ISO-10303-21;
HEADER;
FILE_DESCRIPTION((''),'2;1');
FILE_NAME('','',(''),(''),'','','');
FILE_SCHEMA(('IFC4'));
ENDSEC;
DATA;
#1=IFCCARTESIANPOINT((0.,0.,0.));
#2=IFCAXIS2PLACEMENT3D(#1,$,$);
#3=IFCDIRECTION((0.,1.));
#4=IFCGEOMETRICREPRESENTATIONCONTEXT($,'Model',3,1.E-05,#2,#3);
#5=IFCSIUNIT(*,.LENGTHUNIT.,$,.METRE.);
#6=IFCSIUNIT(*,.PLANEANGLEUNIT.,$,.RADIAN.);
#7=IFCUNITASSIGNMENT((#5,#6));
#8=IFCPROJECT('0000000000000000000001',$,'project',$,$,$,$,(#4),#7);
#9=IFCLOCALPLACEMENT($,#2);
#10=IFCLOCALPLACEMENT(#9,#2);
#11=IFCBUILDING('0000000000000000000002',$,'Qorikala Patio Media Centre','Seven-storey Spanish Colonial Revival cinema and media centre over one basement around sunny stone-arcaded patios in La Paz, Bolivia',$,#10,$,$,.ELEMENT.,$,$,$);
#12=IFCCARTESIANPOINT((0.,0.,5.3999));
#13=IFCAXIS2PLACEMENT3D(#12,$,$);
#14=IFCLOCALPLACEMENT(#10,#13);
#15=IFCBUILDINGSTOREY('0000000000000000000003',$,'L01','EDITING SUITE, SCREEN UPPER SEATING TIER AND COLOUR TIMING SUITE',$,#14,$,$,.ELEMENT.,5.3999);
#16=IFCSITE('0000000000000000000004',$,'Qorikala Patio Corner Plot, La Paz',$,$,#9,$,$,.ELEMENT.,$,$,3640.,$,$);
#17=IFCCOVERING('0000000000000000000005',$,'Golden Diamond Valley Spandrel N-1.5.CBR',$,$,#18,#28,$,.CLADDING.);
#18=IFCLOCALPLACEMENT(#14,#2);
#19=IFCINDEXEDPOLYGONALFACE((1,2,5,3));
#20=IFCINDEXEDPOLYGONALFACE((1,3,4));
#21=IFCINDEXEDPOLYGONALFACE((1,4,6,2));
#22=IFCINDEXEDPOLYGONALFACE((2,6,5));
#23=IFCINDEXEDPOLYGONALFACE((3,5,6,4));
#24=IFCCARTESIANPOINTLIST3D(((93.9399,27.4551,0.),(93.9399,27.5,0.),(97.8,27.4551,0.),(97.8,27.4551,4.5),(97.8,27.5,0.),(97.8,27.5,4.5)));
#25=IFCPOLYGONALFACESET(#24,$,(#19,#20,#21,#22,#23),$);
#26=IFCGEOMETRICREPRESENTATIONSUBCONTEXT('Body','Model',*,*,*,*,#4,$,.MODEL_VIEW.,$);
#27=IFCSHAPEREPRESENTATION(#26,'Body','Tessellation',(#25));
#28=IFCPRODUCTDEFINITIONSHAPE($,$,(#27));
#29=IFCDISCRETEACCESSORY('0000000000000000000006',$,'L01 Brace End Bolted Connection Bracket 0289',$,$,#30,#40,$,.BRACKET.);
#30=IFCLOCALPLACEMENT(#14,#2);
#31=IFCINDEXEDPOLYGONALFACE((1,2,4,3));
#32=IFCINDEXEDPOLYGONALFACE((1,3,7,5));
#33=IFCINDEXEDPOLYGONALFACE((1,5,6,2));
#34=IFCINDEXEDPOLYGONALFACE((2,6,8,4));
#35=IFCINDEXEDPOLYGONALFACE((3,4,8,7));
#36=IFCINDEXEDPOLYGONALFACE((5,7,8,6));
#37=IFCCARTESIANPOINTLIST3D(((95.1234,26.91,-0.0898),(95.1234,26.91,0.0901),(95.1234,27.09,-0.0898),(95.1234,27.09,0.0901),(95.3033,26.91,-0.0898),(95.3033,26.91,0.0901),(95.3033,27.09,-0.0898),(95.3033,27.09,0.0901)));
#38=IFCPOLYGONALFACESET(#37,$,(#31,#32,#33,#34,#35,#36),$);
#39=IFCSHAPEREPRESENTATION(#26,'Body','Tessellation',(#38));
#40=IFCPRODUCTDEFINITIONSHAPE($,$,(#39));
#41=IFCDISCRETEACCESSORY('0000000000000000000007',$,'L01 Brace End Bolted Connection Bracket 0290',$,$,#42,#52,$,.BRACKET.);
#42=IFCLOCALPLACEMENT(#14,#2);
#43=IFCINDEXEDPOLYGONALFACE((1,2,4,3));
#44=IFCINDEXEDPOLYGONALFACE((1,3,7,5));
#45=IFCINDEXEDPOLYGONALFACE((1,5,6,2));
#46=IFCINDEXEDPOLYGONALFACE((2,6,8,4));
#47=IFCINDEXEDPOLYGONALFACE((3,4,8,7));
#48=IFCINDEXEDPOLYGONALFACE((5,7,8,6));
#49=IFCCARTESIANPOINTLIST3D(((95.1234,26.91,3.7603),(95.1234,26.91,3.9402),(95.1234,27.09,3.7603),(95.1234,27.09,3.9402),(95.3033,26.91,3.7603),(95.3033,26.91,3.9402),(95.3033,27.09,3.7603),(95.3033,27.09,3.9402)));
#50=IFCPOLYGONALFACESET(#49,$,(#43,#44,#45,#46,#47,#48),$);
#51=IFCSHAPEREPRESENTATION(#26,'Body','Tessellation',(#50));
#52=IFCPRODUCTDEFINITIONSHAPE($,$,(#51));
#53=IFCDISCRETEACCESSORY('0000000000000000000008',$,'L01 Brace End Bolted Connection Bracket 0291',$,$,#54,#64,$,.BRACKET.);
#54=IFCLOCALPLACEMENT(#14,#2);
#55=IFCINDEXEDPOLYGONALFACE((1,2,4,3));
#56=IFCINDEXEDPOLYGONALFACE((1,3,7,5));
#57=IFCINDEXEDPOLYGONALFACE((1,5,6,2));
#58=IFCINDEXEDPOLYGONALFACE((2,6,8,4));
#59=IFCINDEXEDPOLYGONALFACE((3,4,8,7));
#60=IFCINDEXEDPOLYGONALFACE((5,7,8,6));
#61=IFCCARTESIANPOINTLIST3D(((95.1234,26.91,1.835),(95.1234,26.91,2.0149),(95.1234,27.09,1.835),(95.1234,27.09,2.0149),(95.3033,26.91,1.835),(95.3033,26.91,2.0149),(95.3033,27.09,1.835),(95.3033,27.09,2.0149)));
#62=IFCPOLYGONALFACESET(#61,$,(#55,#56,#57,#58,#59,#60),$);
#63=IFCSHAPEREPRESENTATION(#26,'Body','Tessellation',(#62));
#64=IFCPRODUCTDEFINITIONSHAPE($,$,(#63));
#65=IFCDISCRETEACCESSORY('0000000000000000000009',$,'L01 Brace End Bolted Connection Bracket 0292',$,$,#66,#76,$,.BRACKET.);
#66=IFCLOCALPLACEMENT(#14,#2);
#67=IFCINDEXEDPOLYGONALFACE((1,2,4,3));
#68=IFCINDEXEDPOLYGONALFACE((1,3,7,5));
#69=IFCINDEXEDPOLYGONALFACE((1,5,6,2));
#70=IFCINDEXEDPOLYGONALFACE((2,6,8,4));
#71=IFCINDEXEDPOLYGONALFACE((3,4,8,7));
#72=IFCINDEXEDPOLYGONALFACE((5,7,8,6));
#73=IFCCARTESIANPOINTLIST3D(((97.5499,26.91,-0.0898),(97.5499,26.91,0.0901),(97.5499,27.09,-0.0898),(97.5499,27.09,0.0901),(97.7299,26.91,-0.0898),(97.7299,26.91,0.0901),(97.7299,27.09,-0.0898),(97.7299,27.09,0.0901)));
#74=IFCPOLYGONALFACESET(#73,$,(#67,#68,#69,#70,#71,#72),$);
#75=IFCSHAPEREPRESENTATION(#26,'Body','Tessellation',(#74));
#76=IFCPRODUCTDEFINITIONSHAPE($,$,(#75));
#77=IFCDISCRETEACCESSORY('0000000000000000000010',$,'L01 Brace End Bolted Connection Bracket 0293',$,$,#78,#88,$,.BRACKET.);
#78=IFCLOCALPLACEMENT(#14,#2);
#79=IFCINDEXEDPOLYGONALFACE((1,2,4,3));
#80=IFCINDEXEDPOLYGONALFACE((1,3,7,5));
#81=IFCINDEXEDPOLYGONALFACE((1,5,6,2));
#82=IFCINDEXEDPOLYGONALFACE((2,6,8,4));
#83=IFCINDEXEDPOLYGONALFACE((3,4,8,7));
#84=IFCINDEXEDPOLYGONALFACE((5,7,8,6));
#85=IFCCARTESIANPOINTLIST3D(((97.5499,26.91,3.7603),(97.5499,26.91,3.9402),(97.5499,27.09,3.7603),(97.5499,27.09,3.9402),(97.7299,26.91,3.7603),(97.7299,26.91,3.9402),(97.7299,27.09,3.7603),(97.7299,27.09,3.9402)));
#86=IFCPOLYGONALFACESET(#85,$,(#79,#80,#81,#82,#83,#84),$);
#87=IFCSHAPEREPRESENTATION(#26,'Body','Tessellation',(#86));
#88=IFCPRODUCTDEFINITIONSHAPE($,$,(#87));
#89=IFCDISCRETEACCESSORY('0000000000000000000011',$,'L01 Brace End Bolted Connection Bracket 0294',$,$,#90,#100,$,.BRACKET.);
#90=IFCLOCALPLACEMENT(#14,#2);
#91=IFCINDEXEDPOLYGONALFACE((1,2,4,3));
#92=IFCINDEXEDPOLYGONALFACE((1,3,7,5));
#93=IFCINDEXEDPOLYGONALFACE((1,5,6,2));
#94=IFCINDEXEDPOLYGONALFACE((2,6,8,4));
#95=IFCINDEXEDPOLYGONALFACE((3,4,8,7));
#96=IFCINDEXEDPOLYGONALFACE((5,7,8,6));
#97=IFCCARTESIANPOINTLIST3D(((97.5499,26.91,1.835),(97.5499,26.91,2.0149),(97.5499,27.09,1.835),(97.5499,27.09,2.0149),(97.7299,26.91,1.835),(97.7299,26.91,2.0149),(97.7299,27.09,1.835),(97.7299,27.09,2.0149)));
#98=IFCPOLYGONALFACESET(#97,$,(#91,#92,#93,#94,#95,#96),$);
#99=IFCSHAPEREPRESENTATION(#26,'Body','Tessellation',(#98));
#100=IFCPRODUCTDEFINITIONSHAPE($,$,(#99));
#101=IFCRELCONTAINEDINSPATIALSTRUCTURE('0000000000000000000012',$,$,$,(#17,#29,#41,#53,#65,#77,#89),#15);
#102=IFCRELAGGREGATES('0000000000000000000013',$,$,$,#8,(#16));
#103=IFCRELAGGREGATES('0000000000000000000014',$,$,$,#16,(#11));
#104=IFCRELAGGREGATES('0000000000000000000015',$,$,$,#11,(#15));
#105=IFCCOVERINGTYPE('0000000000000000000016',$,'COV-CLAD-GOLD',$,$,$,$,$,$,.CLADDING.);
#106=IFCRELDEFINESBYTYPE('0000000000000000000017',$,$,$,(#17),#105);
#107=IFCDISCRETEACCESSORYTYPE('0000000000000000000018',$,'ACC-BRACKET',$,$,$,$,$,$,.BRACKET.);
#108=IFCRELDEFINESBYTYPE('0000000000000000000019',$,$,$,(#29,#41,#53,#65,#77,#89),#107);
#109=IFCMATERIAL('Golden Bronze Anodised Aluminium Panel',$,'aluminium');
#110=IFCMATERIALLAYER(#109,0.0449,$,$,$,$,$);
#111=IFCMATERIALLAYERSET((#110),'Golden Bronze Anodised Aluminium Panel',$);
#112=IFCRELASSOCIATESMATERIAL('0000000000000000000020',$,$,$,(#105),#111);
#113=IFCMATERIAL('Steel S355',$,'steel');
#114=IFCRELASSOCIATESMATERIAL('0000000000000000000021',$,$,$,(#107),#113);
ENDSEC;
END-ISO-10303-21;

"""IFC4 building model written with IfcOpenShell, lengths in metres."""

from ifc_helpers import new_model, si_unit, direction, frame, origin, origin_2d, place, context, subcontext, project, spatial, polyline, rectangle, outline, extrude, material, layer, layer_set, type_object, element, save


model = new_model("IFC4")

# Units and contexts
model_context = context("Model", 3, precision=1e-05, world=origin(), true_north=direction((0.0, 1.0)))
body_context = subcontext(model_context, "Body", "Model", "MODEL_VIEW")
ifc_project = project(units=[si_unit("LENGTHUNIT", "METRE"), si_unit("PLANEANGLEUNIT", "RADIAN")], contexts=[model_context])

# Site, building, storey
site_placement = place(None, origin())
site = spatial("IfcSite", under=ifc_project, at=site_placement, Name="Qorikala Patio Corner Plot, La Paz", CompositionType="ELEMENT", RefElevation=3640.0)
building_placement = place(site_placement, origin())
building = spatial("IfcBuilding", under=site, at=building_placement, Name="Qorikala Patio Media Centre", Description="Seven-storey Spanish Colonial Revival cinema and media centre over one basement around sunny stone-arcaded patios in La Paz, Bolivia", CompositionType="ELEMENT")
storey_placement = place(building_placement, frame((0.0, 0.0, 5.3999)))
storey = spatial("IfcBuildingStorey", under=building, at=storey_placement, Name="L01", Description="EDITING SUITE, SCREEN UPPER SEATING TIER AND COLOUR TIMING SUITE", CompositionType="ELEMENT", Elevation=5.3999)

# Covering
ifc_material_1 = material(Name="Golden Bronze Anodised Aluminium Panel", Category="aluminium")
ifc_layer_1 = layer(ifc_material_1, 0.0449)
ifc_layer_set_1 = layer_set([ifc_layer_1], Name="Golden Bronze Anodised Aluminium Panel")
covering_type = type_object("IfcCoveringType", Name="COV-CLAD-GOLD", PredefinedType="CLADDING", material=ifc_layer_set_1)
covering_1_placement = place(storey_placement, frame((97.8, 27.5, 0.0), z_axis=(0.0, 1.0, 0.0), x_axis=(-1.0, 0.0, 0.0)))
element("IfcCovering", 1, at=covering_1_placement, inside=storey, type_object=covering_type, Name="Golden Diamond Valley Spandrel N-1.5.CBR", PredefinedType="CLADDING", context=body_context, shape_type="SweptSolid", body=[
    extrude(outline(polyline([(0.0, 0.0), (3.8601, 0.0), (0.0, 4.5), (0.0, 0.0)])), origin(), (0.0, 0.0, -1.0), 0.0449),
])

# Discrete accessories
ifc_material_2 = material(Name="Steel S355", Category="steel")
discrete_accessory_type = type_object("IfcDiscreteAccessoryType", Name="ACC-BRACKET", PredefinedType="BRACKET", material=ifc_material_2)
for number, where, z_axis, x_axis, name in (
    (2, (95.2134, 27.0, -0.0898), (0.0, 0.0, 1.0), (1.0, 0.0, 0.0), "L01 Brace End Bolted Connection Bracket 0289"),
    (3, (95.2134, 27.0, 3.7603), (0.0, 0.0, 1.0), (1.0, 0.0, 0.0), "L01 Brace End Bolted Connection Bracket 0290"),
    (4, (95.2134, 27.0, 1.835), (0.0, 0.0, 1.0), (1.0, 0.0, 0.0), "L01 Brace End Bolted Connection Bracket 0291"),
    (5, (97.6399, 27.0, -0.0898), (0.0, 0.0, 1.0), (1.0, 0.0, 0.0), "L01 Brace End Bolted Connection Bracket 0292"),
    (6, (97.6399, 27.0, 3.7603), (0.0, 0.0, 1.0), (1.0, 0.0, 0.0), "L01 Brace End Bolted Connection Bracket 0293"),
    (7, (97.6399, 27.0, 1.835), (0.0, 0.0, 1.0), (1.0, 0.0, 0.0), "L01 Brace End Bolted Connection Bracket 0294"),
):
    element("IfcDiscreteAccessory", number, at=place(storey_placement, frame(where, z_axis=z_axis, x_axis=x_axis)), inside=storey, type_object=discrete_accessory_type, Name=name, PredefinedType="BRACKET", context=body_context, shape_type="SweptSolid", body=[
        extrude(rectangle(XDim=0.1799, YDim=0.1799, at=origin_2d()), origin(), (0.0, 0.0, 1.0), 0.1799),
    ])

save(model, "model.ifc")
